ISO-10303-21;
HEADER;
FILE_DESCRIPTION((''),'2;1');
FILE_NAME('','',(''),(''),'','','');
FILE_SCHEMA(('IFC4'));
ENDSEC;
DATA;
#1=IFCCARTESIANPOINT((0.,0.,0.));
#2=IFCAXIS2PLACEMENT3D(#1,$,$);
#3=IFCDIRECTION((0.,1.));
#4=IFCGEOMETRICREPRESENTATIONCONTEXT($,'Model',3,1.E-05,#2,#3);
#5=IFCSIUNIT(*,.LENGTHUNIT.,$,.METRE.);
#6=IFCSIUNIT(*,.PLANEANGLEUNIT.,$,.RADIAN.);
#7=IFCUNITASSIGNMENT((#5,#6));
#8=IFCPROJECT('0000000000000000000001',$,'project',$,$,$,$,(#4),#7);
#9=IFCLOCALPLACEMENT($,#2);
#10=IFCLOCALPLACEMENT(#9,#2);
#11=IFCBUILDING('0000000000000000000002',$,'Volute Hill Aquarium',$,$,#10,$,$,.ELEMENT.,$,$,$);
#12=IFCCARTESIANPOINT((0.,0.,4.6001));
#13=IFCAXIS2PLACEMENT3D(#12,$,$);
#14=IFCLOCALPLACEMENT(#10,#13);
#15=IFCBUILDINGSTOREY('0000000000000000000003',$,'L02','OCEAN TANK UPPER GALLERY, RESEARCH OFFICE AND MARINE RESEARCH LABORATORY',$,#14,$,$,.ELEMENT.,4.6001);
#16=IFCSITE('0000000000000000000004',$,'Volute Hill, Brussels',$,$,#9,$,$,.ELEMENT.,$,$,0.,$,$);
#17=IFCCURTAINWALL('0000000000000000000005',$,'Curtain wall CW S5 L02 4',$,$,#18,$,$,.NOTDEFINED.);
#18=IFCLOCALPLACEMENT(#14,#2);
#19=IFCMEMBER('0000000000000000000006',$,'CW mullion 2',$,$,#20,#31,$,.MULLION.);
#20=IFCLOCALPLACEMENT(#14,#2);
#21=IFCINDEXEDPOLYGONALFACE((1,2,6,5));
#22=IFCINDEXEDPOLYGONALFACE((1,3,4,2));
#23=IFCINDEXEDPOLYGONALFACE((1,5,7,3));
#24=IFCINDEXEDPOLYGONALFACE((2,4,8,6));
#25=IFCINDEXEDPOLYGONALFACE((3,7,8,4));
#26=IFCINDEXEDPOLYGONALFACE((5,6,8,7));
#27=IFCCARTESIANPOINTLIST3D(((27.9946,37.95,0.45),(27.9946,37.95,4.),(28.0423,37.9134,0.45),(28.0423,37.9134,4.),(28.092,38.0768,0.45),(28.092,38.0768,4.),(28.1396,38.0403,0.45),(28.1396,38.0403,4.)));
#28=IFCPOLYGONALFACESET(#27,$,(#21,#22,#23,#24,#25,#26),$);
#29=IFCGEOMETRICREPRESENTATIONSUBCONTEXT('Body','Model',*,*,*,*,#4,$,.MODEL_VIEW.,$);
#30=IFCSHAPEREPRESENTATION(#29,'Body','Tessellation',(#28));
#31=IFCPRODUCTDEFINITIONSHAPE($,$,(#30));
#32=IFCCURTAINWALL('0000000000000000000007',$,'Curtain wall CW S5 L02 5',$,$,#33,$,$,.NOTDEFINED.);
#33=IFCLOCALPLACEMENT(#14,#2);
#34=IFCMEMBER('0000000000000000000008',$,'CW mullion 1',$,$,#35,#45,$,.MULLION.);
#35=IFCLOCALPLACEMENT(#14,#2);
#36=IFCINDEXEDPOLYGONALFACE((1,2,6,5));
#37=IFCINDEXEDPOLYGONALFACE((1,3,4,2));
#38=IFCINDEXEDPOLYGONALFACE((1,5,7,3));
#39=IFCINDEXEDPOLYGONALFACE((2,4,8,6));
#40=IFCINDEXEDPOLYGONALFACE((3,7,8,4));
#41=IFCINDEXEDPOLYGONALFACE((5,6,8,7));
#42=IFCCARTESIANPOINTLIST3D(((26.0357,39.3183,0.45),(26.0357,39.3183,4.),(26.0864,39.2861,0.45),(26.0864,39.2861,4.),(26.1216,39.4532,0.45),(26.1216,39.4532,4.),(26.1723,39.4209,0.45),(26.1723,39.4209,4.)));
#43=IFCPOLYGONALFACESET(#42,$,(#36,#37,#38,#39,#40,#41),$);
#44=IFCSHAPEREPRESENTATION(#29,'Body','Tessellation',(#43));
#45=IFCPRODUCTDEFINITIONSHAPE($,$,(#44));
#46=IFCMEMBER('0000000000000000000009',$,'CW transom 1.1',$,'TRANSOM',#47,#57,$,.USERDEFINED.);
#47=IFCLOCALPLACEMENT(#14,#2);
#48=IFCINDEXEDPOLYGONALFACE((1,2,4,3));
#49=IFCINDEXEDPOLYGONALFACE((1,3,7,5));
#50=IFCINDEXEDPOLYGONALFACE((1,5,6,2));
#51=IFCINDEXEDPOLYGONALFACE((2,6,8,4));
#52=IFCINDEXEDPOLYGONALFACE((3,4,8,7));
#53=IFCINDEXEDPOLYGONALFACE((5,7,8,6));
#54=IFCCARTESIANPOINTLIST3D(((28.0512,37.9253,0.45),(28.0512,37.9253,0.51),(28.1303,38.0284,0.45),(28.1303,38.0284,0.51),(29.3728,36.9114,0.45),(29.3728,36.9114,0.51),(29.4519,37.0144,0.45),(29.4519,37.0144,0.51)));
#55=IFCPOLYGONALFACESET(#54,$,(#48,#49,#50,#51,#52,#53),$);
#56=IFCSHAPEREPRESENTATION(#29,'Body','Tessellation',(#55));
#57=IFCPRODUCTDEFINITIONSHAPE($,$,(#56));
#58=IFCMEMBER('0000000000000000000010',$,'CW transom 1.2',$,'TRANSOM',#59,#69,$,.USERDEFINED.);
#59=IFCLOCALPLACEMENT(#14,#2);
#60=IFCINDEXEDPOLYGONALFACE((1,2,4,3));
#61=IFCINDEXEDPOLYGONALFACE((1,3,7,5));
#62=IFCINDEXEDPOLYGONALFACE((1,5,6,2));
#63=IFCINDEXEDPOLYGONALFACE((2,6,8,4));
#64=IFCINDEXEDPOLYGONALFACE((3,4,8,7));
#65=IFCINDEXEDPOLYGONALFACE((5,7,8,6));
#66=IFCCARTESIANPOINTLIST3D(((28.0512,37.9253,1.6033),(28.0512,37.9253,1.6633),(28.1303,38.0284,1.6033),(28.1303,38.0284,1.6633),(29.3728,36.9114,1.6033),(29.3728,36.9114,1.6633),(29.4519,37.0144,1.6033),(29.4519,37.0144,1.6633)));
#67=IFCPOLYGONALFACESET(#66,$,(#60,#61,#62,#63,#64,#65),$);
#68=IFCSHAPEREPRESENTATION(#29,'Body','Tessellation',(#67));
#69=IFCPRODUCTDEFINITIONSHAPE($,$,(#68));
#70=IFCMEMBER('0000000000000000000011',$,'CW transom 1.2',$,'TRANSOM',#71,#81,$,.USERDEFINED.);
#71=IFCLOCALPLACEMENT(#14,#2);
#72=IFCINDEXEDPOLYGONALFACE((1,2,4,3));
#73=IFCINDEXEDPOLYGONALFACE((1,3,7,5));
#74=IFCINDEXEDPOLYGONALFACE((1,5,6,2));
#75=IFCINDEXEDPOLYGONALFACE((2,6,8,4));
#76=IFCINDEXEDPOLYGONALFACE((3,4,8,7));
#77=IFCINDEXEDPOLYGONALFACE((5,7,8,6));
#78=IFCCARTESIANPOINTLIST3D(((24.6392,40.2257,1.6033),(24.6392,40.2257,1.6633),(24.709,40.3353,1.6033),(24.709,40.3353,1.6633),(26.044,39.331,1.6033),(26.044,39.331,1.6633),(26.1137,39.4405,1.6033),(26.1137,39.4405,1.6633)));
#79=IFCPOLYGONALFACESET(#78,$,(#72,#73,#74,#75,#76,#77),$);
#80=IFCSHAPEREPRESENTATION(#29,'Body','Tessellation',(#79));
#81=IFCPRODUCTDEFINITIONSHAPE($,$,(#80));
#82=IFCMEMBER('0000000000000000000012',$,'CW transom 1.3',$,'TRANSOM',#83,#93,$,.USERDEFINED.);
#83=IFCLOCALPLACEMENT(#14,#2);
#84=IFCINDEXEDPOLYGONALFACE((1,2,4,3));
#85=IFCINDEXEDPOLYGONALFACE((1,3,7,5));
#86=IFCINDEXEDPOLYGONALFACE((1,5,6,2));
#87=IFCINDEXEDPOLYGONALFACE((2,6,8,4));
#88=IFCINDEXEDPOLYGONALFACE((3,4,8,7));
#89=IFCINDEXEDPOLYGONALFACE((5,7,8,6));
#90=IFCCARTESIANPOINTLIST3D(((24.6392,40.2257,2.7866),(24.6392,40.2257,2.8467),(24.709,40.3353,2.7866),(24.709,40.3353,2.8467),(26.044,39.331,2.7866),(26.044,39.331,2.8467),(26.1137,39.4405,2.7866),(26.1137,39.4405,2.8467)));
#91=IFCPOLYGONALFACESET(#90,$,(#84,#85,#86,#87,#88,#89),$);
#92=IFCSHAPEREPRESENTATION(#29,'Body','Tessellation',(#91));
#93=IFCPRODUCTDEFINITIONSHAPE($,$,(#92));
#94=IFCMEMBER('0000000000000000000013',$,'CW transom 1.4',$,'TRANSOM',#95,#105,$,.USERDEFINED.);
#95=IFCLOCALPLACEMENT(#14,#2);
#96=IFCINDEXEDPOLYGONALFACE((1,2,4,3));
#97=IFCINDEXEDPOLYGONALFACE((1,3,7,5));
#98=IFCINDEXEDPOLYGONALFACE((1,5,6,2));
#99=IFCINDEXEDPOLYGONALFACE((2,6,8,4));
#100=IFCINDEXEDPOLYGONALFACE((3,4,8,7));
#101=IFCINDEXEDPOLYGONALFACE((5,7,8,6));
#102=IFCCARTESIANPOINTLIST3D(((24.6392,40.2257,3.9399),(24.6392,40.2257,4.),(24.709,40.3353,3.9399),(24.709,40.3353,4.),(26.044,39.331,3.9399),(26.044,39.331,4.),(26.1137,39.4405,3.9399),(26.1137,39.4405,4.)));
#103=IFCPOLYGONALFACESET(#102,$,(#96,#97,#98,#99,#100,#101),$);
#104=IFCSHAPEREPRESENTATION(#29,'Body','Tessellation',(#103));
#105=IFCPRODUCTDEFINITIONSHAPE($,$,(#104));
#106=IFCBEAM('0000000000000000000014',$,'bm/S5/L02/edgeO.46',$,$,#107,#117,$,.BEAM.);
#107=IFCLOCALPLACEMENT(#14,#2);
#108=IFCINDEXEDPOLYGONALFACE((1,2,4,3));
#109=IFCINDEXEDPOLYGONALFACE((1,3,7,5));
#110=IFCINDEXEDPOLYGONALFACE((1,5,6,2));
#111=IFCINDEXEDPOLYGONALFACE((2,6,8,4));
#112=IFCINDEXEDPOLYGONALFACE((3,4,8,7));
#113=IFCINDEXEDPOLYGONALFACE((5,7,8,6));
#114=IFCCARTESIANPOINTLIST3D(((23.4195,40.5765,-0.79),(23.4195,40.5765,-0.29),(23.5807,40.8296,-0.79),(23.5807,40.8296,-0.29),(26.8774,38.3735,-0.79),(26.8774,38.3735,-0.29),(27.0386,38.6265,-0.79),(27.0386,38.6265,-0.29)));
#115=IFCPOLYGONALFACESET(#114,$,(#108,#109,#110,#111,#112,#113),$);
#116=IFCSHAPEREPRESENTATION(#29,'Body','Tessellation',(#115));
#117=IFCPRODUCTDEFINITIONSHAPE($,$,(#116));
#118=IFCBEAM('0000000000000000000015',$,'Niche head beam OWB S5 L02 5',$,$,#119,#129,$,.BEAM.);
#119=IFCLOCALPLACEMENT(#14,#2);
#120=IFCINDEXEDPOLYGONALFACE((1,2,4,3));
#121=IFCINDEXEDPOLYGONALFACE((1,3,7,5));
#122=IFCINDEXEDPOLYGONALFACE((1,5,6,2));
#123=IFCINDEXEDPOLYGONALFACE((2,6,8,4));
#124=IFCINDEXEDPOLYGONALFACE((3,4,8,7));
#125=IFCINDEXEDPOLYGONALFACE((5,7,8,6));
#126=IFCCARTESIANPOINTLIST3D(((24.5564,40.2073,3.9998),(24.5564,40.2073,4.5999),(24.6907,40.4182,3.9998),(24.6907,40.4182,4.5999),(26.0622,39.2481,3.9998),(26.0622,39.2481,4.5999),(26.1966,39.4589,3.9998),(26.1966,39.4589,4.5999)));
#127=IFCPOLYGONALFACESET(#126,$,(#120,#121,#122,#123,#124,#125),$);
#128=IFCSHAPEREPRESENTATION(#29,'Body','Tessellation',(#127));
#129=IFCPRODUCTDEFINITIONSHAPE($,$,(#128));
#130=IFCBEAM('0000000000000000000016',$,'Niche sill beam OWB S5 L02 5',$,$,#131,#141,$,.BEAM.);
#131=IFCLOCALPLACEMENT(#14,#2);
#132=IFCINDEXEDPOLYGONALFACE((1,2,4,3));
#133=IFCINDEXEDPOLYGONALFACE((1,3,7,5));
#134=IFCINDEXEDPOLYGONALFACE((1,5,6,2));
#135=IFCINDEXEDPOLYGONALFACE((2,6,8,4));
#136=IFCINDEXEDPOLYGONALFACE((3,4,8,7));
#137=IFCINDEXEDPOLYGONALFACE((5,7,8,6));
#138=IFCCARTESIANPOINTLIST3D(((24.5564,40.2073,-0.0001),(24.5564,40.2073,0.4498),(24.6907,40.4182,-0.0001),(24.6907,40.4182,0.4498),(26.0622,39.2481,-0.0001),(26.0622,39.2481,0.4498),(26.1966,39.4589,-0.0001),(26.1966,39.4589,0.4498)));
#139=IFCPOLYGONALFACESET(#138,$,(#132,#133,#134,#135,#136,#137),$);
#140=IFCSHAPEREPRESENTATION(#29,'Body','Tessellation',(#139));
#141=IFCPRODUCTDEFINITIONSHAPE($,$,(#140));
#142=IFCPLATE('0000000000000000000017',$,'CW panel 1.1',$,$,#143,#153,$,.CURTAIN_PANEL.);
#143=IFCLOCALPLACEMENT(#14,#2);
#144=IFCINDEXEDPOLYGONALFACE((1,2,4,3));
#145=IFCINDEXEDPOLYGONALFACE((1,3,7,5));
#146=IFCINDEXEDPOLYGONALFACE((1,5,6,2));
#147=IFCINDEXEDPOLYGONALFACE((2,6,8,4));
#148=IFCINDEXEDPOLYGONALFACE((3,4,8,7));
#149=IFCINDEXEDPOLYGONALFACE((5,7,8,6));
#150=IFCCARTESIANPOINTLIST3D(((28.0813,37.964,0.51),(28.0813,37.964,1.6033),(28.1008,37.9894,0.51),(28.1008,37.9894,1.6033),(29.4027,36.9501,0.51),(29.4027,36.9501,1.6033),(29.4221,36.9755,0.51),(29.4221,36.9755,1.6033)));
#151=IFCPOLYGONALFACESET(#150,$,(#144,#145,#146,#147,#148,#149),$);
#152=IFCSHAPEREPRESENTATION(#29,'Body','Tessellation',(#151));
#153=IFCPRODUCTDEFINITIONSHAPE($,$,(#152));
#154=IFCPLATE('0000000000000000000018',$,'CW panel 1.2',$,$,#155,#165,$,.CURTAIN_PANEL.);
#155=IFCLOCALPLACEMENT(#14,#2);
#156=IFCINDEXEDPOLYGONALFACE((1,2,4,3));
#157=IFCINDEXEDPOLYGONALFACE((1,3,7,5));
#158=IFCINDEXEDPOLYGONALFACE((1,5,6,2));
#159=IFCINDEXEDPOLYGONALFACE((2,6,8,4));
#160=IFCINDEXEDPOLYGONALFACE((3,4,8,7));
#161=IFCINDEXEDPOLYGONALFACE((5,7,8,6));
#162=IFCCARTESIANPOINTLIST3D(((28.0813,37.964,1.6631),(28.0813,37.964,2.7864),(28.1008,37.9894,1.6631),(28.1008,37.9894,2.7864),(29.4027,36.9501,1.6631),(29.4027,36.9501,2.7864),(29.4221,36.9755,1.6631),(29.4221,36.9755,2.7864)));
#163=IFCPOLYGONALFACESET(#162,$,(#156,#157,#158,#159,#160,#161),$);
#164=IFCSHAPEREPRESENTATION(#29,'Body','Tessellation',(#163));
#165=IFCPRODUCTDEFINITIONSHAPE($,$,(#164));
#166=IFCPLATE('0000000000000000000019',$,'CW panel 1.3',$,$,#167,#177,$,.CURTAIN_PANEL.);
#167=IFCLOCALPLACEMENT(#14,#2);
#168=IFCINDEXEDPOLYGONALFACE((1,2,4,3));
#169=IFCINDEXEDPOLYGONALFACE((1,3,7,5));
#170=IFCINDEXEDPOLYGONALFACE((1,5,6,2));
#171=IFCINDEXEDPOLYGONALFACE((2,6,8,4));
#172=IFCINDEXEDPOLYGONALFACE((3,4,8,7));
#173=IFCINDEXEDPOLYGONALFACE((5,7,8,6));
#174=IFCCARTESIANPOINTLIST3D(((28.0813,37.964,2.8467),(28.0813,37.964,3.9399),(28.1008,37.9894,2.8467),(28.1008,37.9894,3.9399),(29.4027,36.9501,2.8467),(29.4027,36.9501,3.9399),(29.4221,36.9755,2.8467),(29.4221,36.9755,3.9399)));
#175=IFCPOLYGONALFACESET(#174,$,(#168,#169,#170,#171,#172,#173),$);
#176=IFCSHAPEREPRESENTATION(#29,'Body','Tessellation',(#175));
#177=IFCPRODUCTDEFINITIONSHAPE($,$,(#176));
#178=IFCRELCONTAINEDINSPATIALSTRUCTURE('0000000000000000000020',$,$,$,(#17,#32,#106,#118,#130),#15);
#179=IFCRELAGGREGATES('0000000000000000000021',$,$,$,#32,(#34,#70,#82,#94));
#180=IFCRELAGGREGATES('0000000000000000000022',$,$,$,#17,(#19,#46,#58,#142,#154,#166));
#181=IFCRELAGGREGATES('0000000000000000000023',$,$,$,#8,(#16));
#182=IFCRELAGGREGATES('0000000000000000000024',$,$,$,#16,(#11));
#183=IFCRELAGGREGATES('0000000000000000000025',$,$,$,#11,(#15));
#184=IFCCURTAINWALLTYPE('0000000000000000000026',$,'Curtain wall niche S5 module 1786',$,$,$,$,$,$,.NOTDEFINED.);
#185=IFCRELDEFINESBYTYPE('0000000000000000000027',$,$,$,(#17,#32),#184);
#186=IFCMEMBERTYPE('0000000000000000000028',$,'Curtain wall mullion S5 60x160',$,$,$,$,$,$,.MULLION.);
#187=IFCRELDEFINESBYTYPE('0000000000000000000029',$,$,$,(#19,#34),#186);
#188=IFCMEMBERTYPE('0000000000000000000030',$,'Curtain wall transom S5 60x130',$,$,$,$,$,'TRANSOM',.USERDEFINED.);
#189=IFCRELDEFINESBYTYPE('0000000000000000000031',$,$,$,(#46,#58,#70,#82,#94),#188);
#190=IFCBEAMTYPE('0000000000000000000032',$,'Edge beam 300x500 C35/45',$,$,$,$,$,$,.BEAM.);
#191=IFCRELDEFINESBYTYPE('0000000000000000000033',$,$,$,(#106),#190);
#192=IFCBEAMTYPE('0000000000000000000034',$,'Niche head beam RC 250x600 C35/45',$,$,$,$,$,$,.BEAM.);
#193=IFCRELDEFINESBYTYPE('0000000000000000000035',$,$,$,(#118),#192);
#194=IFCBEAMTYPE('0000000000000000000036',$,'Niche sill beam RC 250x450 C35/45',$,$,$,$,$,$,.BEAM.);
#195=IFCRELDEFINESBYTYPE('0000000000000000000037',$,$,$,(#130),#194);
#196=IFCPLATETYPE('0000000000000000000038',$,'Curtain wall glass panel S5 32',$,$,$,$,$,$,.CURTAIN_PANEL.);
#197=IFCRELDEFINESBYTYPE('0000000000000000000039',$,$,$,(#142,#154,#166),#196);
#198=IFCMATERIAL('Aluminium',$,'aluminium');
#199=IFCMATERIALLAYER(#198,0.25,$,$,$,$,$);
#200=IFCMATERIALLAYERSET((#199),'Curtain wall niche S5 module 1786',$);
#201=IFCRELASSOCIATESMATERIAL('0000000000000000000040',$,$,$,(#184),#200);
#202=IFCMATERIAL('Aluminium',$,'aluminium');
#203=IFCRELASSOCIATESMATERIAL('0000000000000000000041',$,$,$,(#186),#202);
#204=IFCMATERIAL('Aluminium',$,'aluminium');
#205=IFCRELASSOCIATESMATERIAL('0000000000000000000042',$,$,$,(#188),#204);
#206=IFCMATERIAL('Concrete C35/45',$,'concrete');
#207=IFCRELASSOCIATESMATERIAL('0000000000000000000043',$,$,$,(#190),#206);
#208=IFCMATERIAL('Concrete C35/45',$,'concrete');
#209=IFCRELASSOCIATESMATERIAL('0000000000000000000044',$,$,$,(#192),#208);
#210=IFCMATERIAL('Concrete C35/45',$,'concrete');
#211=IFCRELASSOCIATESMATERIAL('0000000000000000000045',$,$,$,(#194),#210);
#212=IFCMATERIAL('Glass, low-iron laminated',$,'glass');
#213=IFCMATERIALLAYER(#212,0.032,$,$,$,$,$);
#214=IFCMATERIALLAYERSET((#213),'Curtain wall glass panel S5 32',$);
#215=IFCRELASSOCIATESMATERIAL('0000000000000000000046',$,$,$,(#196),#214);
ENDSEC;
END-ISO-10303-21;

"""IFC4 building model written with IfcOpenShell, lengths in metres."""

from ifc_helpers import new_model, si_unit, direction, frame, origin, origin_2d, place, context, subcontext, project, spatial, rectangle, extrude, material, layer, layer_set, material_profile, profile_set, type_object, element, aggregate, save


model = new_model("IFC4")

# Units and contexts
model_context = context("Model", 3, precision=1e-05, world=origin(), true_north=direction((0.0, 1.0)))
body_context = subcontext(model_context, "Body", "Model", "MODEL_VIEW")
ifc_project = project(units=[si_unit("LENGTHUNIT", "METRE"), si_unit("PLANEANGLEUNIT", "RADIAN")], contexts=[model_context])

# Site, building, storey
site_placement = place(None, origin())
site = spatial("IfcSite", under=ifc_project, at=site_placement, Name="Volute Hill, Brussels", CompositionType="ELEMENT", RefElevation=0.0)
building_placement = place(site_placement, origin())
building = spatial("IfcBuilding", under=site, at=building_placement, Name="Volute Hill Aquarium", CompositionType="ELEMENT")
storey_placement = place(building_placement, frame((0.0, 0.0, 4.6001)))
storey = spatial("IfcBuildingStorey", under=building, at=storey_placement, Name="L02", Description="OCEAN TANK UPPER GALLERY, RESEARCH OFFICE AND MARINE RESEARCH LABORATORY", CompositionType="ELEMENT", Elevation=4.6001)

# Curtain walls, members
ifc_material_1 = material(Name="Aluminium", Category="aluminium")
ifc_layer_1 = layer(ifc_material_1, 0.25)
ifc_layer_set_1 = layer_set([ifc_layer_1], Name="Curtain wall niche S5 module 1786")
curtain_wall_type = type_object("IfcCurtainWallType", Name="Curtain wall niche S5 module 1786", PredefinedType="NOTDEFINED", material=ifc_layer_set_1)
curtain_wall_1_placement = place(storey_placement, origin())
curtain_wall_1 = element("IfcCurtainWall", 1, at=curtain_wall_1_placement, inside=storey, type_object=curtain_wall_type, Name="Curtain wall CW S5 L02 4", PredefinedType="NOTDEFINED")
ifc_material_2 = material(Name="Aluminium", Category="aluminium")
ifc_material_profile_1 = material_profile(ifc_material_2, rectangle(XDim=0.1599, YDim=0.0601, at=origin_2d()), Name="Curtain wall mullion S5 60x160")
ifc_profile_set_1 = profile_set([ifc_material_profile_1], Name="Aluminium")
member_type_1 = type_object("IfcMemberType", Name="Curtain wall mullion S5 60x160", PredefinedType="MULLION", material=ifc_profile_set_1)
member_1_placement = place(storey_placement, frame((28.0671, 37.9951, 0.45), z_axis=(0.0, 0.0, 1.0), x_axis=(-0.608755, -0.793358, 0.0)))
member_1 = element("IfcMember", 2, at=member_1_placement, type_object=member_type_1, Name="CW mullion 2", PredefinedType="MULLION", context=body_context, shape_type="SweptSolid", body=[
    extrude(rectangle(XDim=0.1599, YDim=0.0601, at=origin_2d()), origin(), (0.0, 0.0, 1.0), 3.55),
])
curtain_wall_2_placement = place(storey_placement, origin())
curtain_wall_2 = element("IfcCurtainWall", 3, at=curtain_wall_2_placement, inside=storey, type_object=curtain_wall_type, Name="Curtain wall CW S5 L02 5", PredefinedType="NOTDEFINED")
member_2_placement = place(storey_placement, frame((26.104, 39.3696, 0.45), z_axis=(0.0, 0.0, 1.0), x_axis=(-0.53731, -0.843385, 0.0)))
member_2 = element("IfcMember", 4, at=member_2_placement, type_object=member_type_1, Name="CW mullion 1", PredefinedType="MULLION", context=body_context, shape_type="SweptSolid", body=[
    extrude(rectangle(XDim=0.1599, YDim=0.0601, at=origin_2d()), origin(), (0.0, 0.0, 1.0), 3.55),
])

# Members
ifc_material_3 = material(Name="Aluminium", Category="aluminium")
ifc_material_profile_2 = material_profile(ifc_material_3, rectangle(XDim=0.1299, YDim=0.0601, at=origin_2d()), Name="Curtain wall transom S5 60x130")
ifc_profile_set_2 = profile_set([ifc_material_profile_2], Name="Aluminium")
member_type_2 = type_object("IfcMemberType", Name="Curtain wall transom S5 60x130", ElementType="TRANSOM", PredefinedType="USERDEFINED", material=ifc_profile_set_2)
member_3_placement = place(storey_placement, frame((29.4124, 36.9629, 0.48), z_axis=(-0.793392, 0.608712, 0.0), x_axis=(-0.608712, -0.793392, 0.0)))
member_3 = element("IfcMember", 5, at=member_3_placement, type_object=member_type_2, Name="CW transom 1.1", ObjectType="TRANSOM", PredefinedType="USERDEFINED", context=body_context, shape_type="SweptSolid", body=[
    extrude(rectangle(XDim=0.1299, YDim=0.0601, at=origin_2d()), origin(), (0.0, 0.0, 1.0), 1.6658),
])
member_4_placement = place(storey_placement, frame((29.4124, 36.9629, 1.6333), z_axis=(-0.793392, 0.608712, 0.0), x_axis=(-0.608712, -0.793392, 0.0)))
member_4 = element("IfcMember", 6, at=member_4_placement, type_object=member_type_2, Name="CW transom 1.2", ObjectType="TRANSOM", PredefinedType="USERDEFINED", context=body_context, shape_type="SweptSolid", body=[
    extrude(rectangle(XDim=0.1299, YDim=0.0601, at=origin_2d()), origin(), (0.0, 0.0, 1.0), 1.6658),
])
member_5_placement = place(storey_placement, frame((26.0789, 39.3857, 1.6333), z_axis=(-0.843438, 0.537226, 0.0), x_axis=(-0.537226, -0.843438, 0.0)))
member_5 = element("IfcMember", 7, at=member_5_placement, type_object=member_type_2, Name="CW transom 1.2", ObjectType="TRANSOM", PredefinedType="USERDEFINED", context=body_context, shape_type="SweptSolid", body=[
    extrude(rectangle(XDim=0.1299, YDim=0.0601, at=origin_2d()), origin(), (0.0, 0.0, 1.0), 1.6655),
])
member_6_placement = place(storey_placement, frame((26.0789, 39.3857, 2.8167), z_axis=(-0.843438, 0.537226, 0.0), x_axis=(-0.537226, -0.843438, 0.0)))
member_6 = element("IfcMember", 8, at=member_6_placement, type_object=member_type_2, Name="CW transom 1.3", ObjectType="TRANSOM", PredefinedType="USERDEFINED", context=body_context, shape_type="SweptSolid", body=[
    extrude(rectangle(XDim=0.1299, YDim=0.0601, at=origin_2d()), origin(), (0.0, 0.0, 1.0), 1.6655),
])
member_7_placement = place(storey_placement, frame((26.0789, 39.3857, 3.97), z_axis=(-0.843438, 0.537226, 0.0), x_axis=(-0.537226, -0.843438, 0.0)))
member_7 = element("IfcMember", 9, at=member_7_placement, type_object=member_type_2, Name="CW transom 1.4", ObjectType="TRANSOM", PredefinedType="USERDEFINED", context=body_context, shape_type="SweptSolid", body=[
    extrude(rectangle(XDim=0.1299, YDim=0.0601, at=origin_2d()), origin(), (0.0, 0.0, 1.0), 1.6655),
])
aggregate(curtain_wall_2, [member_2, member_5, member_6, member_7])

# Beams
ifc_material_4 = material(Name="Concrete C35/45", Category="concrete")
ifc_material_profile_3 = material_profile(ifc_material_4, rectangle(XDim=0.3, YDim=0.5, at=origin_2d()), Name="RC edge beam 300x500")
ifc_profile_set_3 = profile_set([ifc_material_profile_3], Name="Concrete C35/45")
beam_type_1 = type_object("IfcBeamType", Name="Edge beam 300x500 C35/45", PredefinedType="BEAM", material=ifc_profile_set_3)
beam_1_placement = place(storey_placement, frame((26.958, 38.5, -0.54), z_axis=(-0.843377, 0.537322, 0.0), x_axis=(-0.537322, -0.843377, 0.0)))
element("IfcBeam", 10, at=beam_1_placement, inside=storey, type_object=beam_type_1, Name="bm/S5/L02/edgeO.46", PredefinedType="BEAM", context=body_context, shape_type="SweptSolid", body=[
    extrude(rectangle(XDim=0.3, YDim=0.5, at=origin_2d()), origin(), (0.0, 0.0, 1.0), 4.1001),
])
ifc_material_5 = material(Name="Concrete C35/45", Category="concrete")
ifc_material_profile_4 = material_profile(ifc_material_5, rectangle(XDim=0.25, YDim=0.6001, at=origin_2d()), Name="RC beam 250x600")
ifc_profile_set_4 = profile_set([ifc_material_profile_4], Name="Concrete C35/45")
beam_type_2 = type_object("IfcBeamType", Name="Niche head beam RC 250x600 C35/45", PredefinedType="BEAM", material=ifc_profile_set_4)
beam_2_placement = place(storey_placement, frame((26.1294, 39.3535, 4.2998), z_axis=(-0.843419, 0.537256, 0.0), x_axis=(-0.537256, -0.843419, 0.0)))
element("IfcBeam", 11, at=beam_2_placement, inside=storey, type_object=beam_type_2, Name="Niche head beam OWB S5 L02 5", PredefinedType="BEAM", context=body_context, shape_type="SweptSolid", body=[
    extrude(rectangle(XDim=0.25, YDim=0.6001, at=origin_2d()), origin(), (0.0, 0.0, 1.0), 1.7854),
])
ifc_material_6 = material(Name="Concrete C35/45", Category="concrete")
ifc_material_profile_5 = material_profile(ifc_material_6, rectangle(XDim=0.25, YDim=0.45, at=origin_2d()), Name="RC beam 250x450")
ifc_profile_set_5 = profile_set([ifc_material_profile_5], Name="Concrete C35/45")
beam_type_3 = type_object("IfcBeamType", Name="Niche sill beam RC 250x450 C35/45", PredefinedType="BEAM", material=ifc_profile_set_5)
beam_3_placement = place(storey_placement, frame((26.1294, 39.3535, 0.2249), z_axis=(-0.843419, 0.537256, 0.0), x_axis=(-0.537256, -0.843419, 0.0)))
element("IfcBeam", 12, at=beam_3_placement, inside=storey, type_object=beam_type_3, Name="Niche sill beam OWB S5 L02 5", PredefinedType="BEAM", context=body_context, shape_type="SweptSolid", body=[
    extrude(rectangle(XDim=0.25, YDim=0.45, at=origin_2d()), origin(), (0.0, 0.0, 1.0), 1.7854),
])

# Plates
ifc_material_7 = material(Name="Glass, low-iron laminated", Category="glass")
ifc_layer_2 = layer(ifc_material_7, 0.032)
ifc_layer_set_2 = layer_set([ifc_layer_2], Name="Curtain wall glass panel S5 32")
plate_type = type_object("IfcPlateType", Name="Curtain wall glass panel S5 32", PredefinedType="CURTAIN_PANEL", material=ifc_layer_set_2)
plate_1_placement = place(storey_placement, frame((28.7517, 37.4697, 0.51), z_axis=(0.0, 0.0, 1.0), x_axis=(-0.793358, 0.608755, 0.0)))
plate_1 = element("IfcPlate", 13, at=plate_1_placement, type_object=plate_type, Name="CW panel 1.1", PredefinedType="CURTAIN_PANEL", context=body_context, shape_type="SweptSolid", body=[
    extrude(rectangle(XDim=1.6655, YDim=0.032, at=origin_2d()), origin(), (0.0, 0.0, 1.0), 1.0933),
])
plate_2_placement = place(storey_placement, frame((28.7517, 37.4697, 1.6631), z_axis=(0.0, 0.0, 1.0), x_axis=(-0.793358, 0.608755, 0.0)))
plate_2 = element("IfcPlate", 14, at=plate_2_placement, type_object=plate_type, Name="CW panel 1.2", PredefinedType="CURTAIN_PANEL", context=body_context, shape_type="SweptSolid", body=[
    extrude(rectangle(XDim=1.6655, YDim=0.032, at=origin_2d()), origin(), (0.0, 0.0, 1.0), 1.1233),
])
plate_3_placement = place(storey_placement, frame((28.7517, 37.4697, 2.8467), z_axis=(0.0, 0.0, 1.0), x_axis=(-0.793358, 0.608755, 0.0)))
plate_3 = element("IfcPlate", 15, at=plate_3_placement, type_object=plate_type, Name="CW panel 1.3", PredefinedType="CURTAIN_PANEL", context=body_context, shape_type="SweptSolid", body=[
    extrude(rectangle(XDim=1.6655, YDim=0.032, at=origin_2d()), origin(), (0.0, 0.0, 1.0), 1.0933),
])
aggregate(curtain_wall_1, [member_1, member_3, member_4, plate_1, plate_2, plate_3])

save(model, "model.ifc")
